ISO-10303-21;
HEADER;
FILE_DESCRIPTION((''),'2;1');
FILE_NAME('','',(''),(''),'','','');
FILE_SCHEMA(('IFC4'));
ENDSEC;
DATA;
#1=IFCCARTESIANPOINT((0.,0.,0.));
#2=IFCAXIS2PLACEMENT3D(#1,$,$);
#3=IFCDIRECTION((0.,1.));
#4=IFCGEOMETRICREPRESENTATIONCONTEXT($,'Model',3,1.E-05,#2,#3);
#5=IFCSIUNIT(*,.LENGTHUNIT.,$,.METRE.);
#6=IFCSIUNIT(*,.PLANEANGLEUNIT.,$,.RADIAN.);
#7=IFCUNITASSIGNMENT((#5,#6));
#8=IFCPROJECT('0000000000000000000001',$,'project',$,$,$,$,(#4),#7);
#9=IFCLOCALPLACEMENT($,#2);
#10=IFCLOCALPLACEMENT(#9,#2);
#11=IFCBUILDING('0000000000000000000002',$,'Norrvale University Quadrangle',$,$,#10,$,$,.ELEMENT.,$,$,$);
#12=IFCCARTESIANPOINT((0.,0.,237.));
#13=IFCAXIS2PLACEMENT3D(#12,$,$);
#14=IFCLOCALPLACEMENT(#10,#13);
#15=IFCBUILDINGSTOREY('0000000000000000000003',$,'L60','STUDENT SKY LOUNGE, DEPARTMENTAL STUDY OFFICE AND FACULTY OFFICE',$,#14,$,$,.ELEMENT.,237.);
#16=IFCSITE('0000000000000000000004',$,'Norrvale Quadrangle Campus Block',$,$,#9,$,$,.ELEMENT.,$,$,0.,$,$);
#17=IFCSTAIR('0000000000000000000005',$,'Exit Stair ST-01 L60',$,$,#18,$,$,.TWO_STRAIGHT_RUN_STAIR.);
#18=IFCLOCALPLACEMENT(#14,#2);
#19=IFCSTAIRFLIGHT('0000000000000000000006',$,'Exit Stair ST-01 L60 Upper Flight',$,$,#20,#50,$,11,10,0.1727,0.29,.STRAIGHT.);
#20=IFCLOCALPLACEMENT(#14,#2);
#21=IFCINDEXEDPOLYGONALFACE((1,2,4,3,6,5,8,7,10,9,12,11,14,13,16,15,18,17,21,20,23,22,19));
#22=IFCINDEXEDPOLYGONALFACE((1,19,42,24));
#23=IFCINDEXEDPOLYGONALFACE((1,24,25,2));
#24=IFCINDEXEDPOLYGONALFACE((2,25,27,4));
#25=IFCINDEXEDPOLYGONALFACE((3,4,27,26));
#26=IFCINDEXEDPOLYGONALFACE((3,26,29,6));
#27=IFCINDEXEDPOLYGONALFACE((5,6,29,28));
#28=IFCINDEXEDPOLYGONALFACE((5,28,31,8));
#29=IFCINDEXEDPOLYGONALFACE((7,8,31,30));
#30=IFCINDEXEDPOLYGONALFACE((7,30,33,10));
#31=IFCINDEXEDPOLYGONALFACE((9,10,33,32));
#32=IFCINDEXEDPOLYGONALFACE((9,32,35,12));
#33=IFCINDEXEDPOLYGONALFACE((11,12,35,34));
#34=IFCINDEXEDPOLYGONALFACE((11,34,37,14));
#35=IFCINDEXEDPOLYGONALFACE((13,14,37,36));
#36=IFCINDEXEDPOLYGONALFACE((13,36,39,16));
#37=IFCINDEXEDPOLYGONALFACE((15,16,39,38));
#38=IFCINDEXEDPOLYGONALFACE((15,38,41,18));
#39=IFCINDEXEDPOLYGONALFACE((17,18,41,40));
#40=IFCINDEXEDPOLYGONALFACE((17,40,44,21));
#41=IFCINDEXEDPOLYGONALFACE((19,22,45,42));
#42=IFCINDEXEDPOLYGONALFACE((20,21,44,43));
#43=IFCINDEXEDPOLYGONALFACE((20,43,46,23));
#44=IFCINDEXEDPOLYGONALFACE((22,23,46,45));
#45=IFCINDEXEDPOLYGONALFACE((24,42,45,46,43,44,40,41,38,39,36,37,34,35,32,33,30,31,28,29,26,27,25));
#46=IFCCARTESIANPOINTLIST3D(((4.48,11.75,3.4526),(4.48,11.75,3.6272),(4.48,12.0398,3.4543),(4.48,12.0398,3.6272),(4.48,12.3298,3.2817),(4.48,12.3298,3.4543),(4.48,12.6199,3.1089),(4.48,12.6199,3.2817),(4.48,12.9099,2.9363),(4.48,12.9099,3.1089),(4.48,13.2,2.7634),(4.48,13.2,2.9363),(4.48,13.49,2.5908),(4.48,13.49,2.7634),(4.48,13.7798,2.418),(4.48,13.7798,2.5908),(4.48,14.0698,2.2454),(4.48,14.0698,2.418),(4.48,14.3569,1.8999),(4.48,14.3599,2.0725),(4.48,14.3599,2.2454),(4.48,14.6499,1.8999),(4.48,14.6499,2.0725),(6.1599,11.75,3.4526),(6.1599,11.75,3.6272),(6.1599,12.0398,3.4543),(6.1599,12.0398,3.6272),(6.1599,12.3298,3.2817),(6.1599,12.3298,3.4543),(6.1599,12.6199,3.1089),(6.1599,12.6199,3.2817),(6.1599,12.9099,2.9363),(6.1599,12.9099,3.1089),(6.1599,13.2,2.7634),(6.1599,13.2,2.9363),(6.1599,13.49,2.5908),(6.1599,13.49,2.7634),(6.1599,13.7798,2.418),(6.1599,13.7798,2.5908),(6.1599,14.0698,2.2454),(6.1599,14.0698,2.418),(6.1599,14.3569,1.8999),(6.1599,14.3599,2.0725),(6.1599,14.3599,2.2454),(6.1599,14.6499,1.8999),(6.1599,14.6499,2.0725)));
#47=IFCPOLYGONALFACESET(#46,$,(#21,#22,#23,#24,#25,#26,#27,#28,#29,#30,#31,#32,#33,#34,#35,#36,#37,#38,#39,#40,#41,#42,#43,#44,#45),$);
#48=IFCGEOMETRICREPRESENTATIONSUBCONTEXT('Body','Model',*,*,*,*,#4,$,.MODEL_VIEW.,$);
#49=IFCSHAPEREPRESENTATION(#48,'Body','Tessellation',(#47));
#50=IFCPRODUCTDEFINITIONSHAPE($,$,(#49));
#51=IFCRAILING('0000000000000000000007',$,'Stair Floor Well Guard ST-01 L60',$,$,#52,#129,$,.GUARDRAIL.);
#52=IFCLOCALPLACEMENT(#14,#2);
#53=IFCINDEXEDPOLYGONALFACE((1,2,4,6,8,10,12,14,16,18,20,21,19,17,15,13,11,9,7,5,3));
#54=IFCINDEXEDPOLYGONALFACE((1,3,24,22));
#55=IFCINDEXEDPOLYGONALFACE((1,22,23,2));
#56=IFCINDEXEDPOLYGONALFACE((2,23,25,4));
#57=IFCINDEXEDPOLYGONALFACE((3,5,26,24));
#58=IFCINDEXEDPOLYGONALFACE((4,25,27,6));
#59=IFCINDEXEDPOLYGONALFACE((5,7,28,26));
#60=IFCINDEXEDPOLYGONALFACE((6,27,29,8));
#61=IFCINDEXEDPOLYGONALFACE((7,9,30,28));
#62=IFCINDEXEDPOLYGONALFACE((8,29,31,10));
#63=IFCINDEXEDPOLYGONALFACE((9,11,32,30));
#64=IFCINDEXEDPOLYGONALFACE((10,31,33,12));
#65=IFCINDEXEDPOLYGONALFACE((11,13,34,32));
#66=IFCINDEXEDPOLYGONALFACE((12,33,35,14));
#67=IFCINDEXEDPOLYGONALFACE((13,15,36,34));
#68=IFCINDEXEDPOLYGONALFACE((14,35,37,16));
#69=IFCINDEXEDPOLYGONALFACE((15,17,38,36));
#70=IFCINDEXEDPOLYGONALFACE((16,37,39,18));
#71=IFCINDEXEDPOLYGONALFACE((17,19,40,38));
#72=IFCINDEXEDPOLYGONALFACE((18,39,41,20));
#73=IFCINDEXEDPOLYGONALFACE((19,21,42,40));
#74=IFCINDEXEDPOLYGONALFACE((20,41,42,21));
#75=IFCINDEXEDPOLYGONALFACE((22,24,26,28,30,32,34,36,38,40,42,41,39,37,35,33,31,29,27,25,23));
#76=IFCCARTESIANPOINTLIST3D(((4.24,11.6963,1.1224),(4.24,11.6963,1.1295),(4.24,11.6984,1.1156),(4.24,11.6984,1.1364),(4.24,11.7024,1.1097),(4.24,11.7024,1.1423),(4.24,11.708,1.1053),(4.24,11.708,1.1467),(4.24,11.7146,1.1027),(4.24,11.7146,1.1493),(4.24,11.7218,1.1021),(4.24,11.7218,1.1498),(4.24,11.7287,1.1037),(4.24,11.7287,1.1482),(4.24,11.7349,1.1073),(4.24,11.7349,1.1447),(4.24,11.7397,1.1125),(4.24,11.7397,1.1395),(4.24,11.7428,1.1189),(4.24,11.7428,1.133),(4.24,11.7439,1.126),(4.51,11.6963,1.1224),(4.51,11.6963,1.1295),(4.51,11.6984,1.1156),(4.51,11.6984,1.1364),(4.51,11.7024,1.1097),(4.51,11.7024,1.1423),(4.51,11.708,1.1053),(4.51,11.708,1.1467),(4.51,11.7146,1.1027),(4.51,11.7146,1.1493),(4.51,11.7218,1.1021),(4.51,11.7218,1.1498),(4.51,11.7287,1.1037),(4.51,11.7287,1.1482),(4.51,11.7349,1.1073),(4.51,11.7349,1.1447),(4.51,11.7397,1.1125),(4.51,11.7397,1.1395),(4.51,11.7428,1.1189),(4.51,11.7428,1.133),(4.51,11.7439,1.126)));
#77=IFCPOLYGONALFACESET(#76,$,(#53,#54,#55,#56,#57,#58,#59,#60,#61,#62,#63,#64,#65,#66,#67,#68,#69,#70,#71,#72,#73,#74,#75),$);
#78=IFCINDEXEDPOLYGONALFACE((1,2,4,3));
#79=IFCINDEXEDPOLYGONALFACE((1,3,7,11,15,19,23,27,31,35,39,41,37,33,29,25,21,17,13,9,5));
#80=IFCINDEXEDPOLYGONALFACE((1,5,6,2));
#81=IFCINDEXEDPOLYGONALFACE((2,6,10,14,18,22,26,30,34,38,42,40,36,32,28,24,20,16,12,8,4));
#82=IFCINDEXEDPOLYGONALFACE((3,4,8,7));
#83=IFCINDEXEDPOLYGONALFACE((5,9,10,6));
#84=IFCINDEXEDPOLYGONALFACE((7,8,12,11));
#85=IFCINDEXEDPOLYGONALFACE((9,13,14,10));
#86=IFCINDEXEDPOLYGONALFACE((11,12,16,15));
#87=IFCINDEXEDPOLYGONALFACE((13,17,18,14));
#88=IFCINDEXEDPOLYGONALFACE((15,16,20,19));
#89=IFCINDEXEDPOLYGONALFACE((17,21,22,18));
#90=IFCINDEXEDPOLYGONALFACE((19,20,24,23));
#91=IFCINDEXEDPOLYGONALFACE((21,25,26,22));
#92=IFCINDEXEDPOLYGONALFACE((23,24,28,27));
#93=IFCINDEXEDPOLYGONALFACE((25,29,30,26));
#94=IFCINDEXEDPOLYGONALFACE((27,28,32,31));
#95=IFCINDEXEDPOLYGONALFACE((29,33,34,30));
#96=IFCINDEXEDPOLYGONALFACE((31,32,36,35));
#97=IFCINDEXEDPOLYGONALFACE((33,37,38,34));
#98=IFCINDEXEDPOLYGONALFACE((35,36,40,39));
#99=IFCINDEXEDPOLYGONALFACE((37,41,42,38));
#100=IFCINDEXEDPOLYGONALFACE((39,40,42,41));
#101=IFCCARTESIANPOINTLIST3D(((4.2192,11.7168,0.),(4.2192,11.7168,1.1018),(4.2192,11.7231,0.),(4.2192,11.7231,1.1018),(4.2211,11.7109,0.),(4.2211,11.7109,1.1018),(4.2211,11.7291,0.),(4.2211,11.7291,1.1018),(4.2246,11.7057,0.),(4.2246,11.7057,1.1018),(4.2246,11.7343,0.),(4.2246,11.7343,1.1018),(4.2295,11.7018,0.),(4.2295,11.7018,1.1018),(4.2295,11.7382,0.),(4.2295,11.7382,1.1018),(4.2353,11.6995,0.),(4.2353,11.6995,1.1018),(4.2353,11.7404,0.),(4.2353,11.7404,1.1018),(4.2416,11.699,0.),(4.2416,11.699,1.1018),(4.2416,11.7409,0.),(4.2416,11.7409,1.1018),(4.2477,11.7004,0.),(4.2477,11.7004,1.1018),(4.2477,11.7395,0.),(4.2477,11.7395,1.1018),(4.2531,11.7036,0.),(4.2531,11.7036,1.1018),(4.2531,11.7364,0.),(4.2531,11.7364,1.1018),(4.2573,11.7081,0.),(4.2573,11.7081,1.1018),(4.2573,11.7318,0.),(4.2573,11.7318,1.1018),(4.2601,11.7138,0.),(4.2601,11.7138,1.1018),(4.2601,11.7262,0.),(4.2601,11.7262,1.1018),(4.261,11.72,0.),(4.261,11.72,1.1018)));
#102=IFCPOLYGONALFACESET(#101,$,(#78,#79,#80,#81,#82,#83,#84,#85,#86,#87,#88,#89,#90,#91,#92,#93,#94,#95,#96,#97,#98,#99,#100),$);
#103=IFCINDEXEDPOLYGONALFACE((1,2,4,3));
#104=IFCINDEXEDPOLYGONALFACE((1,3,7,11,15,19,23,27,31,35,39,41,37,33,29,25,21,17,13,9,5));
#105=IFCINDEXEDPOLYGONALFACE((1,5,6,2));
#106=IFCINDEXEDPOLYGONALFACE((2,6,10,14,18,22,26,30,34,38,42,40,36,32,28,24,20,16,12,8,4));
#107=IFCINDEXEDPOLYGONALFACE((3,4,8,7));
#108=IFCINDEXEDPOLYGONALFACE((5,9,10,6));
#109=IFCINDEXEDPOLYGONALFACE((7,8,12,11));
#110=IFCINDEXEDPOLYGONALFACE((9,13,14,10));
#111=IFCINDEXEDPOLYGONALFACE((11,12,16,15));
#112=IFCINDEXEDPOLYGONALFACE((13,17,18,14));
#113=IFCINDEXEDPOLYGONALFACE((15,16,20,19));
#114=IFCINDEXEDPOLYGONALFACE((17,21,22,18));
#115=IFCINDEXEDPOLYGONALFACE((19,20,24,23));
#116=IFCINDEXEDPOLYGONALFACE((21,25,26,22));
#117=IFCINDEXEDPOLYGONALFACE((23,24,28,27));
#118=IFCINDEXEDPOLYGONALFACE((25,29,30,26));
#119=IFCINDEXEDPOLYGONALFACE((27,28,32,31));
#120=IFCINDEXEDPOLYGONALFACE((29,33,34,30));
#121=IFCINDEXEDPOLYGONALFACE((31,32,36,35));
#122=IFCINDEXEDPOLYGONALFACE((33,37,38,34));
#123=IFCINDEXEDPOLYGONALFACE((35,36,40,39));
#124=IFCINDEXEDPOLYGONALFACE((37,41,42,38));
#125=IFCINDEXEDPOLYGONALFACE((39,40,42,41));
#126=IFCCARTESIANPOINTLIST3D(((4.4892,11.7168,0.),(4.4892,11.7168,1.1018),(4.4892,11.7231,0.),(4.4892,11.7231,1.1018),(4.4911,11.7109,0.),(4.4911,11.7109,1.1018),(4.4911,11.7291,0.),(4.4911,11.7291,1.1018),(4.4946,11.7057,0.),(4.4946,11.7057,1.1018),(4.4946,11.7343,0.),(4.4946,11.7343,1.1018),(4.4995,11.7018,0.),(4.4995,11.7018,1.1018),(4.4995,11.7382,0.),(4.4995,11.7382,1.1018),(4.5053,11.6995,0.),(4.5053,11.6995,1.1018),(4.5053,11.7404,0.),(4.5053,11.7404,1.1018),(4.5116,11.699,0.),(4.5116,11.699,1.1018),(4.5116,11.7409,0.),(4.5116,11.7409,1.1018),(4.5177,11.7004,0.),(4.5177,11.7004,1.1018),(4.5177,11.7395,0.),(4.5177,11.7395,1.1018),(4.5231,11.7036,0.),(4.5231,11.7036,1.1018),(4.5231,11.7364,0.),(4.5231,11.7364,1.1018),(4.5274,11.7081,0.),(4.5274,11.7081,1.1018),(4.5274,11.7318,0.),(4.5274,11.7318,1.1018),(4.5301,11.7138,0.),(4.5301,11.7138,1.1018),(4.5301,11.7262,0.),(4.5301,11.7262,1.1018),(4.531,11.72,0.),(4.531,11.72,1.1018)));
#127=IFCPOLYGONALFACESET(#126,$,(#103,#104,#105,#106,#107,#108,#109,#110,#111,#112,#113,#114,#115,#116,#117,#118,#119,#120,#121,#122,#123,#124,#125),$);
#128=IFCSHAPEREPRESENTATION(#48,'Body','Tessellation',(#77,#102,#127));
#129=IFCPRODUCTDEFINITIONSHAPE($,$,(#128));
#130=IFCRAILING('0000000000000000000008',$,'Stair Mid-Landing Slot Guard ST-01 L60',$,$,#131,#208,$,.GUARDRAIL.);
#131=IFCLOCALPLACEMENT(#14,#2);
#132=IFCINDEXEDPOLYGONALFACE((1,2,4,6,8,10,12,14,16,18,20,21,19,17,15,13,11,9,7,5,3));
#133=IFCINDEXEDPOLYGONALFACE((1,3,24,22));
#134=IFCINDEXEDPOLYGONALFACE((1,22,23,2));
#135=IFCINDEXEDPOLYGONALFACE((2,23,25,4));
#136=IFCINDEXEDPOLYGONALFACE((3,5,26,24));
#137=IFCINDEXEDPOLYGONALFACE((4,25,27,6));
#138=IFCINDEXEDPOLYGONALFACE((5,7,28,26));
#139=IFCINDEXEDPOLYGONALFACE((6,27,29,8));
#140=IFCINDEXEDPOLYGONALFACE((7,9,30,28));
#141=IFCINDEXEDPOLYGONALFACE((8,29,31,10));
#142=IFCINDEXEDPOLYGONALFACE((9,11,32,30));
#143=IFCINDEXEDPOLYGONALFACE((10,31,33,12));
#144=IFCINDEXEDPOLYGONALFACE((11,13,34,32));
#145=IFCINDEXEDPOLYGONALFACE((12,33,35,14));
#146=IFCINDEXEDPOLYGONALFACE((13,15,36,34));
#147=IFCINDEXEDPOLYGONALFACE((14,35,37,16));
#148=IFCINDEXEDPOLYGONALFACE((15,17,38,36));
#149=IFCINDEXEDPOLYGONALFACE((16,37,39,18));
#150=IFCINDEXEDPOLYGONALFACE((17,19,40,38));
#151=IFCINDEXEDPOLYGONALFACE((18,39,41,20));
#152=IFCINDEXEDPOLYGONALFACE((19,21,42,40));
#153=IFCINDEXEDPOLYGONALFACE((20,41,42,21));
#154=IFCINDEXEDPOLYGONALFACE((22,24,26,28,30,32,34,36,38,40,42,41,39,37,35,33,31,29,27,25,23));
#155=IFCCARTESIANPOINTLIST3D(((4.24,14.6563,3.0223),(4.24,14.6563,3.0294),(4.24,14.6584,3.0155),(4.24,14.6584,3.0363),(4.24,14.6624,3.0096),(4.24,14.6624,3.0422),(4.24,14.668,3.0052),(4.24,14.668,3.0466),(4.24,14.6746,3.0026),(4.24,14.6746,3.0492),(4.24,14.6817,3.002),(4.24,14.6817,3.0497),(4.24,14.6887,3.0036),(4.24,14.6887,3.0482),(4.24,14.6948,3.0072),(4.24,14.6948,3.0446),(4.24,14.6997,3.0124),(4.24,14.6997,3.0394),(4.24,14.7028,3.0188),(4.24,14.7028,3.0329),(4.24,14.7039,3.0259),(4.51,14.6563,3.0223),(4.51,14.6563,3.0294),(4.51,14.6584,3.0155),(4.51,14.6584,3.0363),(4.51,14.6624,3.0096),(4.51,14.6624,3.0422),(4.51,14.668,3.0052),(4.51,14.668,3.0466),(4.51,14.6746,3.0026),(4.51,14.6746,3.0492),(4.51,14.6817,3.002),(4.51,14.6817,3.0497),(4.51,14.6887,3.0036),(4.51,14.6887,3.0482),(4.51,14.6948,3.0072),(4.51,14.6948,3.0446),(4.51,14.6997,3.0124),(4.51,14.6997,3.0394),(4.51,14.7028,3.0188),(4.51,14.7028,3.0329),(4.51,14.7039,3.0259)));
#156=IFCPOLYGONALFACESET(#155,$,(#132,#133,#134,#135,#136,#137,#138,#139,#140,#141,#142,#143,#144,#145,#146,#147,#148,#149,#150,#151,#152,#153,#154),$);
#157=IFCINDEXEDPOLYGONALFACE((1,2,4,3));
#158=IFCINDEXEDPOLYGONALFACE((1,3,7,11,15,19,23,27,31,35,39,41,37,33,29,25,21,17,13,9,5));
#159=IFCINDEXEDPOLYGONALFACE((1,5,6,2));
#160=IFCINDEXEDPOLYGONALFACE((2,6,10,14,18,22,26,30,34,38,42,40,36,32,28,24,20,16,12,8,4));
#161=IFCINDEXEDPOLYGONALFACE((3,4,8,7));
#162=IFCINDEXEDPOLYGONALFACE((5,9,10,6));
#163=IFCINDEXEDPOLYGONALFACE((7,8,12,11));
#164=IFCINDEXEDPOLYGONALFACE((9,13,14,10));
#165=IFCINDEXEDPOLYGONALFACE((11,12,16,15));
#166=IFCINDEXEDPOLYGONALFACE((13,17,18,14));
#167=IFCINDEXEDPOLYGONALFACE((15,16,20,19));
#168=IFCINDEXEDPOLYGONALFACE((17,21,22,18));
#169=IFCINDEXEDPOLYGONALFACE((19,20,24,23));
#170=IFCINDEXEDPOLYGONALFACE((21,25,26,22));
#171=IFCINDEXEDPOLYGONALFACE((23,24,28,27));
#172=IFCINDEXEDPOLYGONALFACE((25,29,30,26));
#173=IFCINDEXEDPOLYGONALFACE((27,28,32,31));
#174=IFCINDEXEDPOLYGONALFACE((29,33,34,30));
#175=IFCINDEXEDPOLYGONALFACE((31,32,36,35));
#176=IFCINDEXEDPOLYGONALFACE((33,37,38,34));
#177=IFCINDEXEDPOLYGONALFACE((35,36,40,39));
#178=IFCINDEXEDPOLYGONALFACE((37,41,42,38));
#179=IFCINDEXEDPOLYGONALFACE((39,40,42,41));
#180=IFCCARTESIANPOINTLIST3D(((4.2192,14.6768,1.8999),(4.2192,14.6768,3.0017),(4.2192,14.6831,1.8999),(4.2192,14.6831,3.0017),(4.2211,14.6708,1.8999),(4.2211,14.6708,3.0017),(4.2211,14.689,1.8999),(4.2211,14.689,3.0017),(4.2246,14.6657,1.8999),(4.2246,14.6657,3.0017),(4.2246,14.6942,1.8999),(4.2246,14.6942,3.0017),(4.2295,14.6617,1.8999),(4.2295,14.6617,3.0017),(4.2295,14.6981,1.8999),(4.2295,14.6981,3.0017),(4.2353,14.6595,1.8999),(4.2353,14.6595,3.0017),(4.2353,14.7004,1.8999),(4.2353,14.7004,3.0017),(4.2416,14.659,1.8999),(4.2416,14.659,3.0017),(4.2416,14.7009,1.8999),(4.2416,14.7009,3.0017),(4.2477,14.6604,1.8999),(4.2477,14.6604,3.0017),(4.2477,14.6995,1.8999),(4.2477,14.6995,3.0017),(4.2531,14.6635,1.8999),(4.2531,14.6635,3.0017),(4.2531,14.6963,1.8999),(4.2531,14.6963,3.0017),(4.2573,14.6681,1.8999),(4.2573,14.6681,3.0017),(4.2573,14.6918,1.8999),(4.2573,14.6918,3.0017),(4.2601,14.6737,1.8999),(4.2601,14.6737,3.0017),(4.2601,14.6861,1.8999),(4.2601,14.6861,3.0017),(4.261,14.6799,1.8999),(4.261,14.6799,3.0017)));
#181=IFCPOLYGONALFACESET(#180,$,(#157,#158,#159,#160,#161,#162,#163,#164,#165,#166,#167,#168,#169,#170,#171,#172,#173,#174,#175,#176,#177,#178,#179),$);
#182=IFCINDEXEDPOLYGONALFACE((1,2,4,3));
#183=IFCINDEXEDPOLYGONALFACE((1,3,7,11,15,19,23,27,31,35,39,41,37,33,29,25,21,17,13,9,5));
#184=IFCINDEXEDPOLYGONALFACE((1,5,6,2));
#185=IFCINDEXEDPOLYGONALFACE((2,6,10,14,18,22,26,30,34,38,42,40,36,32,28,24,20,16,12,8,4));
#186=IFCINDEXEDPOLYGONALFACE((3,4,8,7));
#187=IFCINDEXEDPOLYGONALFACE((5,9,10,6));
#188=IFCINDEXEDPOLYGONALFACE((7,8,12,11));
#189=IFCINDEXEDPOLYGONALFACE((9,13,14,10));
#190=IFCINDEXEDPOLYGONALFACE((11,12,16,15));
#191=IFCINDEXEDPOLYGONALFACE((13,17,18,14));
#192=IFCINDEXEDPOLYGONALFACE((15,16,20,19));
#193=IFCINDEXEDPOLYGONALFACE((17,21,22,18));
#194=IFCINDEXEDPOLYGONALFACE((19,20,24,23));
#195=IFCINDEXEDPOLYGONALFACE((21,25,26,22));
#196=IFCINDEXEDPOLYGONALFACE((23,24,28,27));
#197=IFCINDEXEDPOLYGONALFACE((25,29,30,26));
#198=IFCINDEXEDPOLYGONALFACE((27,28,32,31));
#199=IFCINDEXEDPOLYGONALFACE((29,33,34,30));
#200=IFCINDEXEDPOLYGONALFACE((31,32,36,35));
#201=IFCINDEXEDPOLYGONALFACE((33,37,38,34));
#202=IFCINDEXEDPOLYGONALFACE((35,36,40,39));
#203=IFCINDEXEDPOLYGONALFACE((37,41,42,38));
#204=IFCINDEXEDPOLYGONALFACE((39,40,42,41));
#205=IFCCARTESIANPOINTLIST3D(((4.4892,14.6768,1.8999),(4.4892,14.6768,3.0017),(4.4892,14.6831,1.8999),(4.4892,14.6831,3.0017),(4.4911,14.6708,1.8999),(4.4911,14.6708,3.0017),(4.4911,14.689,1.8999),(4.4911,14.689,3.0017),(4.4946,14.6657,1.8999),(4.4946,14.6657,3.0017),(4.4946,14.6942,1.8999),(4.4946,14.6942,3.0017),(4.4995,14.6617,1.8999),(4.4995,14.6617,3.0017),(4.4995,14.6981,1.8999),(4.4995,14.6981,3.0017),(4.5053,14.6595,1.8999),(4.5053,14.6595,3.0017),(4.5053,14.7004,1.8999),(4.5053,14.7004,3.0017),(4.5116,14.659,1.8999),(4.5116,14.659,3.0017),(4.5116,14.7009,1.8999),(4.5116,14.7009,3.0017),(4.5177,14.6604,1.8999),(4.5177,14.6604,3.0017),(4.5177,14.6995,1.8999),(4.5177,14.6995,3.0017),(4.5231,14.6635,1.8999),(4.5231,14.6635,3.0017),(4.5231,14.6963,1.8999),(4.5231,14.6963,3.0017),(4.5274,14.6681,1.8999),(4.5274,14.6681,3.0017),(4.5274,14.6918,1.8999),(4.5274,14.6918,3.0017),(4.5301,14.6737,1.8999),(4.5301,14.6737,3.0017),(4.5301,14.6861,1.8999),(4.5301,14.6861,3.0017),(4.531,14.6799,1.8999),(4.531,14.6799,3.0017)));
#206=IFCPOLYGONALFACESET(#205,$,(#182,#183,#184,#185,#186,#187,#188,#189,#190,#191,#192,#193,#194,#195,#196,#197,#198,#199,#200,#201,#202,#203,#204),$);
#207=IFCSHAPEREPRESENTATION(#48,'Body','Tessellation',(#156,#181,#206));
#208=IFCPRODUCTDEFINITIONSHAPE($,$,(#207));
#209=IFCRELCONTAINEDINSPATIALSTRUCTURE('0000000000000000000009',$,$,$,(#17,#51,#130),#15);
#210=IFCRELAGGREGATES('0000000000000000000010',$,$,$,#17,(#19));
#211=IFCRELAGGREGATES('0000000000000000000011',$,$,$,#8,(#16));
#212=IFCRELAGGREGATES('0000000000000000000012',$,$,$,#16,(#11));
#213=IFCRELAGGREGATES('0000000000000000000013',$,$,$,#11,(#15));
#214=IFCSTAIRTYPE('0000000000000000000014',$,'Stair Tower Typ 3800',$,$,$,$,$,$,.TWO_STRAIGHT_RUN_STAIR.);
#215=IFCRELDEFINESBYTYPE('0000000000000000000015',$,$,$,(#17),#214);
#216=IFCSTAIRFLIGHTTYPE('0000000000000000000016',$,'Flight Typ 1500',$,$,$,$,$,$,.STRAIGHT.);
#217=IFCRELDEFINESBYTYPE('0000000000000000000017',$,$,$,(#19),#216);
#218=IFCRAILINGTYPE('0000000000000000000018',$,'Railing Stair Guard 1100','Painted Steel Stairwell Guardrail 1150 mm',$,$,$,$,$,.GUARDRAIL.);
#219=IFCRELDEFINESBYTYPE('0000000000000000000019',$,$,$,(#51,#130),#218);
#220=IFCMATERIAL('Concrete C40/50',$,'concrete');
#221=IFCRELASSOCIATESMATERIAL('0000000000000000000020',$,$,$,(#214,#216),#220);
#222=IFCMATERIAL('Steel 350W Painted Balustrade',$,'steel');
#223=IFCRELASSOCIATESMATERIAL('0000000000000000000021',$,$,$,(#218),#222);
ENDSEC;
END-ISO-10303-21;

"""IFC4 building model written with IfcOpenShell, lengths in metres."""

from ifc_helpers import new_model, si_unit, direction, frame, origin, origin_2d, place, context, subcontext, project, spatial, polyline, circle, outline, extrude, material, type_object, element, aggregate, save


model = new_model("IFC4")

# Units and contexts
model_context = context("Model", 3, precision=1e-05, world=origin(), true_north=direction((0.0, 1.0)))
body_context = subcontext(model_context, "Body", "Model", "MODEL_VIEW")
ifc_project = project(units=[si_unit("LENGTHUNIT", "METRE"), si_unit("PLANEANGLEUNIT", "RADIAN")], contexts=[model_context])

# Site, building, storey
site_placement = place(None, origin())
site = spatial("IfcSite", under=ifc_project, at=site_placement, Name="Norrvale Quadrangle Campus Block", CompositionType="ELEMENT", RefElevation=0.0)
building_placement = place(site_placement, origin())
building = spatial("IfcBuilding", under=site, at=building_placement, Name="Norrvale University Quadrangle", CompositionType="ELEMENT")
storey_placement = place(building_placement, frame((0.0, 0.0, 237.0)))
storey = spatial("IfcBuildingStorey", under=building, at=storey_placement, Name="L60", Description="STUDENT SKY LOUNGE, DEPARTMENTAL STUDY OFFICE AND FACULTY OFFICE", CompositionType="ELEMENT", Elevation=237.0)

# Stair, stair flight
ifc_material_1 = material(Name="Concrete C40/50", Category="concrete")
stair_type = type_object("IfcStairType", Name="Stair Tower Typ 3800", PredefinedType="TWO_STRAIGHT_RUN_STAIR", material=ifc_material_1)
stair_placement = place(storey_placement, origin())
stair = element("IfcStair", 1, at=stair_placement, inside=storey, type_object=stair_type, Name="Exit Stair ST-01 L60", PredefinedType="TWO_STRAIGHT_RUN_STAIR")
stair_flight_type = type_object("IfcStairFlightType", Name="Flight Typ 1500", PredefinedType="STRAIGHT", material=ifc_material_1)
stair_flight_1_placement = place(storey_placement, frame((5.3201, 14.6499, 1.8999), z_axis=(0.0, 0.0, 1.0), x_axis=(0.0, -1.0, 0.0)))
stair_flight_1 = element("IfcStairFlight", 2, at=stair_flight_1_placement, type_object=stair_flight_type, Name="Exit Stair ST-01 L60 Upper Flight", NumberOfRisers=11, NumberOfTreads=10, PredefinedType="STRAIGHT", RiserHeight=0.1727, TreadLength=0.29, context=body_context, shape_type="SweptSolid", body=[
    extrude(outline(polyline([(0.0, 0.0), (0.0, 0.1726), (0.29, 0.1726), (0.29, 0.3455), (0.5801, 0.3455), (0.5801, 0.5181), (0.8701, 0.5181), (0.8701, 0.6909), (1.1599, 0.6909), (1.1599, 0.8635), (1.45, 0.8635), (1.45, 1.0364), (1.74, 1.0364), (1.74, 1.209), (2.03, 1.209), (2.03, 1.3818), (2.3201, 1.3818), (2.3201, 1.5544), (2.6101, 1.5544), (2.6101, 1.7273), (2.8999, 1.7273), (2.8999, 1.8999), (2.8999, 1.5527), (0.293, 0.0), (0.0, 0.0)])), frame((0.0, 0.8398, 0.0), z_axis=(0.0, -1.0, 0.0), x_axis=(1.0, 0.0, 0.0)), (0.0, 0.0, 1.0), 1.6799),
])
aggregate(stair, [stair_flight_1])

# Railings
ifc_material_2 = material(Name="Steel 350W Painted Balustrade", Category="steel")
railing_type_1 = type_object("IfcRailingType", Name="Railing Stair Guard 1100", Description="Painted Steel Stairwell Guardrail 1150 mm", PredefinedType="GUARDRAIL", material=ifc_material_2)
for number, where, name in (
    (3, (4.24, 11.72, 0.0), "Stair Floor Well Guard ST-01 L60"),
    (4, (4.24, 14.6799, 1.8999), "Stair Mid-Landing Slot Guard ST-01 L60"),
):
    element("IfcRailing", number, at=place(storey_placement, frame(where)), inside=storey, type_object=railing_type_1, Name=name, PredefinedType="GUARDRAIL", context=body_context, shape_type="SweptSolid", body=[
        extrude(circle(Radius=0.0239, at=origin_2d()), frame((0.0, 0.0, 1.126), z_axis=(1.0, 0.0, 0.0), x_axis=(0.0, 1.0, 0.0)), (0.0, 0.0, 1.0), 0.27),
        extrude(circle(Radius=0.021, at=origin_2d()), origin(), (0.0, 0.0, 1.0), 1.1018),
        extrude(circle(Radius=0.021, at=origin_2d()), frame((0.27, 0.0, 0.0)), (0.0, 0.0, 1.0), 1.1018),
    ])

save(model, "model.ifc")
